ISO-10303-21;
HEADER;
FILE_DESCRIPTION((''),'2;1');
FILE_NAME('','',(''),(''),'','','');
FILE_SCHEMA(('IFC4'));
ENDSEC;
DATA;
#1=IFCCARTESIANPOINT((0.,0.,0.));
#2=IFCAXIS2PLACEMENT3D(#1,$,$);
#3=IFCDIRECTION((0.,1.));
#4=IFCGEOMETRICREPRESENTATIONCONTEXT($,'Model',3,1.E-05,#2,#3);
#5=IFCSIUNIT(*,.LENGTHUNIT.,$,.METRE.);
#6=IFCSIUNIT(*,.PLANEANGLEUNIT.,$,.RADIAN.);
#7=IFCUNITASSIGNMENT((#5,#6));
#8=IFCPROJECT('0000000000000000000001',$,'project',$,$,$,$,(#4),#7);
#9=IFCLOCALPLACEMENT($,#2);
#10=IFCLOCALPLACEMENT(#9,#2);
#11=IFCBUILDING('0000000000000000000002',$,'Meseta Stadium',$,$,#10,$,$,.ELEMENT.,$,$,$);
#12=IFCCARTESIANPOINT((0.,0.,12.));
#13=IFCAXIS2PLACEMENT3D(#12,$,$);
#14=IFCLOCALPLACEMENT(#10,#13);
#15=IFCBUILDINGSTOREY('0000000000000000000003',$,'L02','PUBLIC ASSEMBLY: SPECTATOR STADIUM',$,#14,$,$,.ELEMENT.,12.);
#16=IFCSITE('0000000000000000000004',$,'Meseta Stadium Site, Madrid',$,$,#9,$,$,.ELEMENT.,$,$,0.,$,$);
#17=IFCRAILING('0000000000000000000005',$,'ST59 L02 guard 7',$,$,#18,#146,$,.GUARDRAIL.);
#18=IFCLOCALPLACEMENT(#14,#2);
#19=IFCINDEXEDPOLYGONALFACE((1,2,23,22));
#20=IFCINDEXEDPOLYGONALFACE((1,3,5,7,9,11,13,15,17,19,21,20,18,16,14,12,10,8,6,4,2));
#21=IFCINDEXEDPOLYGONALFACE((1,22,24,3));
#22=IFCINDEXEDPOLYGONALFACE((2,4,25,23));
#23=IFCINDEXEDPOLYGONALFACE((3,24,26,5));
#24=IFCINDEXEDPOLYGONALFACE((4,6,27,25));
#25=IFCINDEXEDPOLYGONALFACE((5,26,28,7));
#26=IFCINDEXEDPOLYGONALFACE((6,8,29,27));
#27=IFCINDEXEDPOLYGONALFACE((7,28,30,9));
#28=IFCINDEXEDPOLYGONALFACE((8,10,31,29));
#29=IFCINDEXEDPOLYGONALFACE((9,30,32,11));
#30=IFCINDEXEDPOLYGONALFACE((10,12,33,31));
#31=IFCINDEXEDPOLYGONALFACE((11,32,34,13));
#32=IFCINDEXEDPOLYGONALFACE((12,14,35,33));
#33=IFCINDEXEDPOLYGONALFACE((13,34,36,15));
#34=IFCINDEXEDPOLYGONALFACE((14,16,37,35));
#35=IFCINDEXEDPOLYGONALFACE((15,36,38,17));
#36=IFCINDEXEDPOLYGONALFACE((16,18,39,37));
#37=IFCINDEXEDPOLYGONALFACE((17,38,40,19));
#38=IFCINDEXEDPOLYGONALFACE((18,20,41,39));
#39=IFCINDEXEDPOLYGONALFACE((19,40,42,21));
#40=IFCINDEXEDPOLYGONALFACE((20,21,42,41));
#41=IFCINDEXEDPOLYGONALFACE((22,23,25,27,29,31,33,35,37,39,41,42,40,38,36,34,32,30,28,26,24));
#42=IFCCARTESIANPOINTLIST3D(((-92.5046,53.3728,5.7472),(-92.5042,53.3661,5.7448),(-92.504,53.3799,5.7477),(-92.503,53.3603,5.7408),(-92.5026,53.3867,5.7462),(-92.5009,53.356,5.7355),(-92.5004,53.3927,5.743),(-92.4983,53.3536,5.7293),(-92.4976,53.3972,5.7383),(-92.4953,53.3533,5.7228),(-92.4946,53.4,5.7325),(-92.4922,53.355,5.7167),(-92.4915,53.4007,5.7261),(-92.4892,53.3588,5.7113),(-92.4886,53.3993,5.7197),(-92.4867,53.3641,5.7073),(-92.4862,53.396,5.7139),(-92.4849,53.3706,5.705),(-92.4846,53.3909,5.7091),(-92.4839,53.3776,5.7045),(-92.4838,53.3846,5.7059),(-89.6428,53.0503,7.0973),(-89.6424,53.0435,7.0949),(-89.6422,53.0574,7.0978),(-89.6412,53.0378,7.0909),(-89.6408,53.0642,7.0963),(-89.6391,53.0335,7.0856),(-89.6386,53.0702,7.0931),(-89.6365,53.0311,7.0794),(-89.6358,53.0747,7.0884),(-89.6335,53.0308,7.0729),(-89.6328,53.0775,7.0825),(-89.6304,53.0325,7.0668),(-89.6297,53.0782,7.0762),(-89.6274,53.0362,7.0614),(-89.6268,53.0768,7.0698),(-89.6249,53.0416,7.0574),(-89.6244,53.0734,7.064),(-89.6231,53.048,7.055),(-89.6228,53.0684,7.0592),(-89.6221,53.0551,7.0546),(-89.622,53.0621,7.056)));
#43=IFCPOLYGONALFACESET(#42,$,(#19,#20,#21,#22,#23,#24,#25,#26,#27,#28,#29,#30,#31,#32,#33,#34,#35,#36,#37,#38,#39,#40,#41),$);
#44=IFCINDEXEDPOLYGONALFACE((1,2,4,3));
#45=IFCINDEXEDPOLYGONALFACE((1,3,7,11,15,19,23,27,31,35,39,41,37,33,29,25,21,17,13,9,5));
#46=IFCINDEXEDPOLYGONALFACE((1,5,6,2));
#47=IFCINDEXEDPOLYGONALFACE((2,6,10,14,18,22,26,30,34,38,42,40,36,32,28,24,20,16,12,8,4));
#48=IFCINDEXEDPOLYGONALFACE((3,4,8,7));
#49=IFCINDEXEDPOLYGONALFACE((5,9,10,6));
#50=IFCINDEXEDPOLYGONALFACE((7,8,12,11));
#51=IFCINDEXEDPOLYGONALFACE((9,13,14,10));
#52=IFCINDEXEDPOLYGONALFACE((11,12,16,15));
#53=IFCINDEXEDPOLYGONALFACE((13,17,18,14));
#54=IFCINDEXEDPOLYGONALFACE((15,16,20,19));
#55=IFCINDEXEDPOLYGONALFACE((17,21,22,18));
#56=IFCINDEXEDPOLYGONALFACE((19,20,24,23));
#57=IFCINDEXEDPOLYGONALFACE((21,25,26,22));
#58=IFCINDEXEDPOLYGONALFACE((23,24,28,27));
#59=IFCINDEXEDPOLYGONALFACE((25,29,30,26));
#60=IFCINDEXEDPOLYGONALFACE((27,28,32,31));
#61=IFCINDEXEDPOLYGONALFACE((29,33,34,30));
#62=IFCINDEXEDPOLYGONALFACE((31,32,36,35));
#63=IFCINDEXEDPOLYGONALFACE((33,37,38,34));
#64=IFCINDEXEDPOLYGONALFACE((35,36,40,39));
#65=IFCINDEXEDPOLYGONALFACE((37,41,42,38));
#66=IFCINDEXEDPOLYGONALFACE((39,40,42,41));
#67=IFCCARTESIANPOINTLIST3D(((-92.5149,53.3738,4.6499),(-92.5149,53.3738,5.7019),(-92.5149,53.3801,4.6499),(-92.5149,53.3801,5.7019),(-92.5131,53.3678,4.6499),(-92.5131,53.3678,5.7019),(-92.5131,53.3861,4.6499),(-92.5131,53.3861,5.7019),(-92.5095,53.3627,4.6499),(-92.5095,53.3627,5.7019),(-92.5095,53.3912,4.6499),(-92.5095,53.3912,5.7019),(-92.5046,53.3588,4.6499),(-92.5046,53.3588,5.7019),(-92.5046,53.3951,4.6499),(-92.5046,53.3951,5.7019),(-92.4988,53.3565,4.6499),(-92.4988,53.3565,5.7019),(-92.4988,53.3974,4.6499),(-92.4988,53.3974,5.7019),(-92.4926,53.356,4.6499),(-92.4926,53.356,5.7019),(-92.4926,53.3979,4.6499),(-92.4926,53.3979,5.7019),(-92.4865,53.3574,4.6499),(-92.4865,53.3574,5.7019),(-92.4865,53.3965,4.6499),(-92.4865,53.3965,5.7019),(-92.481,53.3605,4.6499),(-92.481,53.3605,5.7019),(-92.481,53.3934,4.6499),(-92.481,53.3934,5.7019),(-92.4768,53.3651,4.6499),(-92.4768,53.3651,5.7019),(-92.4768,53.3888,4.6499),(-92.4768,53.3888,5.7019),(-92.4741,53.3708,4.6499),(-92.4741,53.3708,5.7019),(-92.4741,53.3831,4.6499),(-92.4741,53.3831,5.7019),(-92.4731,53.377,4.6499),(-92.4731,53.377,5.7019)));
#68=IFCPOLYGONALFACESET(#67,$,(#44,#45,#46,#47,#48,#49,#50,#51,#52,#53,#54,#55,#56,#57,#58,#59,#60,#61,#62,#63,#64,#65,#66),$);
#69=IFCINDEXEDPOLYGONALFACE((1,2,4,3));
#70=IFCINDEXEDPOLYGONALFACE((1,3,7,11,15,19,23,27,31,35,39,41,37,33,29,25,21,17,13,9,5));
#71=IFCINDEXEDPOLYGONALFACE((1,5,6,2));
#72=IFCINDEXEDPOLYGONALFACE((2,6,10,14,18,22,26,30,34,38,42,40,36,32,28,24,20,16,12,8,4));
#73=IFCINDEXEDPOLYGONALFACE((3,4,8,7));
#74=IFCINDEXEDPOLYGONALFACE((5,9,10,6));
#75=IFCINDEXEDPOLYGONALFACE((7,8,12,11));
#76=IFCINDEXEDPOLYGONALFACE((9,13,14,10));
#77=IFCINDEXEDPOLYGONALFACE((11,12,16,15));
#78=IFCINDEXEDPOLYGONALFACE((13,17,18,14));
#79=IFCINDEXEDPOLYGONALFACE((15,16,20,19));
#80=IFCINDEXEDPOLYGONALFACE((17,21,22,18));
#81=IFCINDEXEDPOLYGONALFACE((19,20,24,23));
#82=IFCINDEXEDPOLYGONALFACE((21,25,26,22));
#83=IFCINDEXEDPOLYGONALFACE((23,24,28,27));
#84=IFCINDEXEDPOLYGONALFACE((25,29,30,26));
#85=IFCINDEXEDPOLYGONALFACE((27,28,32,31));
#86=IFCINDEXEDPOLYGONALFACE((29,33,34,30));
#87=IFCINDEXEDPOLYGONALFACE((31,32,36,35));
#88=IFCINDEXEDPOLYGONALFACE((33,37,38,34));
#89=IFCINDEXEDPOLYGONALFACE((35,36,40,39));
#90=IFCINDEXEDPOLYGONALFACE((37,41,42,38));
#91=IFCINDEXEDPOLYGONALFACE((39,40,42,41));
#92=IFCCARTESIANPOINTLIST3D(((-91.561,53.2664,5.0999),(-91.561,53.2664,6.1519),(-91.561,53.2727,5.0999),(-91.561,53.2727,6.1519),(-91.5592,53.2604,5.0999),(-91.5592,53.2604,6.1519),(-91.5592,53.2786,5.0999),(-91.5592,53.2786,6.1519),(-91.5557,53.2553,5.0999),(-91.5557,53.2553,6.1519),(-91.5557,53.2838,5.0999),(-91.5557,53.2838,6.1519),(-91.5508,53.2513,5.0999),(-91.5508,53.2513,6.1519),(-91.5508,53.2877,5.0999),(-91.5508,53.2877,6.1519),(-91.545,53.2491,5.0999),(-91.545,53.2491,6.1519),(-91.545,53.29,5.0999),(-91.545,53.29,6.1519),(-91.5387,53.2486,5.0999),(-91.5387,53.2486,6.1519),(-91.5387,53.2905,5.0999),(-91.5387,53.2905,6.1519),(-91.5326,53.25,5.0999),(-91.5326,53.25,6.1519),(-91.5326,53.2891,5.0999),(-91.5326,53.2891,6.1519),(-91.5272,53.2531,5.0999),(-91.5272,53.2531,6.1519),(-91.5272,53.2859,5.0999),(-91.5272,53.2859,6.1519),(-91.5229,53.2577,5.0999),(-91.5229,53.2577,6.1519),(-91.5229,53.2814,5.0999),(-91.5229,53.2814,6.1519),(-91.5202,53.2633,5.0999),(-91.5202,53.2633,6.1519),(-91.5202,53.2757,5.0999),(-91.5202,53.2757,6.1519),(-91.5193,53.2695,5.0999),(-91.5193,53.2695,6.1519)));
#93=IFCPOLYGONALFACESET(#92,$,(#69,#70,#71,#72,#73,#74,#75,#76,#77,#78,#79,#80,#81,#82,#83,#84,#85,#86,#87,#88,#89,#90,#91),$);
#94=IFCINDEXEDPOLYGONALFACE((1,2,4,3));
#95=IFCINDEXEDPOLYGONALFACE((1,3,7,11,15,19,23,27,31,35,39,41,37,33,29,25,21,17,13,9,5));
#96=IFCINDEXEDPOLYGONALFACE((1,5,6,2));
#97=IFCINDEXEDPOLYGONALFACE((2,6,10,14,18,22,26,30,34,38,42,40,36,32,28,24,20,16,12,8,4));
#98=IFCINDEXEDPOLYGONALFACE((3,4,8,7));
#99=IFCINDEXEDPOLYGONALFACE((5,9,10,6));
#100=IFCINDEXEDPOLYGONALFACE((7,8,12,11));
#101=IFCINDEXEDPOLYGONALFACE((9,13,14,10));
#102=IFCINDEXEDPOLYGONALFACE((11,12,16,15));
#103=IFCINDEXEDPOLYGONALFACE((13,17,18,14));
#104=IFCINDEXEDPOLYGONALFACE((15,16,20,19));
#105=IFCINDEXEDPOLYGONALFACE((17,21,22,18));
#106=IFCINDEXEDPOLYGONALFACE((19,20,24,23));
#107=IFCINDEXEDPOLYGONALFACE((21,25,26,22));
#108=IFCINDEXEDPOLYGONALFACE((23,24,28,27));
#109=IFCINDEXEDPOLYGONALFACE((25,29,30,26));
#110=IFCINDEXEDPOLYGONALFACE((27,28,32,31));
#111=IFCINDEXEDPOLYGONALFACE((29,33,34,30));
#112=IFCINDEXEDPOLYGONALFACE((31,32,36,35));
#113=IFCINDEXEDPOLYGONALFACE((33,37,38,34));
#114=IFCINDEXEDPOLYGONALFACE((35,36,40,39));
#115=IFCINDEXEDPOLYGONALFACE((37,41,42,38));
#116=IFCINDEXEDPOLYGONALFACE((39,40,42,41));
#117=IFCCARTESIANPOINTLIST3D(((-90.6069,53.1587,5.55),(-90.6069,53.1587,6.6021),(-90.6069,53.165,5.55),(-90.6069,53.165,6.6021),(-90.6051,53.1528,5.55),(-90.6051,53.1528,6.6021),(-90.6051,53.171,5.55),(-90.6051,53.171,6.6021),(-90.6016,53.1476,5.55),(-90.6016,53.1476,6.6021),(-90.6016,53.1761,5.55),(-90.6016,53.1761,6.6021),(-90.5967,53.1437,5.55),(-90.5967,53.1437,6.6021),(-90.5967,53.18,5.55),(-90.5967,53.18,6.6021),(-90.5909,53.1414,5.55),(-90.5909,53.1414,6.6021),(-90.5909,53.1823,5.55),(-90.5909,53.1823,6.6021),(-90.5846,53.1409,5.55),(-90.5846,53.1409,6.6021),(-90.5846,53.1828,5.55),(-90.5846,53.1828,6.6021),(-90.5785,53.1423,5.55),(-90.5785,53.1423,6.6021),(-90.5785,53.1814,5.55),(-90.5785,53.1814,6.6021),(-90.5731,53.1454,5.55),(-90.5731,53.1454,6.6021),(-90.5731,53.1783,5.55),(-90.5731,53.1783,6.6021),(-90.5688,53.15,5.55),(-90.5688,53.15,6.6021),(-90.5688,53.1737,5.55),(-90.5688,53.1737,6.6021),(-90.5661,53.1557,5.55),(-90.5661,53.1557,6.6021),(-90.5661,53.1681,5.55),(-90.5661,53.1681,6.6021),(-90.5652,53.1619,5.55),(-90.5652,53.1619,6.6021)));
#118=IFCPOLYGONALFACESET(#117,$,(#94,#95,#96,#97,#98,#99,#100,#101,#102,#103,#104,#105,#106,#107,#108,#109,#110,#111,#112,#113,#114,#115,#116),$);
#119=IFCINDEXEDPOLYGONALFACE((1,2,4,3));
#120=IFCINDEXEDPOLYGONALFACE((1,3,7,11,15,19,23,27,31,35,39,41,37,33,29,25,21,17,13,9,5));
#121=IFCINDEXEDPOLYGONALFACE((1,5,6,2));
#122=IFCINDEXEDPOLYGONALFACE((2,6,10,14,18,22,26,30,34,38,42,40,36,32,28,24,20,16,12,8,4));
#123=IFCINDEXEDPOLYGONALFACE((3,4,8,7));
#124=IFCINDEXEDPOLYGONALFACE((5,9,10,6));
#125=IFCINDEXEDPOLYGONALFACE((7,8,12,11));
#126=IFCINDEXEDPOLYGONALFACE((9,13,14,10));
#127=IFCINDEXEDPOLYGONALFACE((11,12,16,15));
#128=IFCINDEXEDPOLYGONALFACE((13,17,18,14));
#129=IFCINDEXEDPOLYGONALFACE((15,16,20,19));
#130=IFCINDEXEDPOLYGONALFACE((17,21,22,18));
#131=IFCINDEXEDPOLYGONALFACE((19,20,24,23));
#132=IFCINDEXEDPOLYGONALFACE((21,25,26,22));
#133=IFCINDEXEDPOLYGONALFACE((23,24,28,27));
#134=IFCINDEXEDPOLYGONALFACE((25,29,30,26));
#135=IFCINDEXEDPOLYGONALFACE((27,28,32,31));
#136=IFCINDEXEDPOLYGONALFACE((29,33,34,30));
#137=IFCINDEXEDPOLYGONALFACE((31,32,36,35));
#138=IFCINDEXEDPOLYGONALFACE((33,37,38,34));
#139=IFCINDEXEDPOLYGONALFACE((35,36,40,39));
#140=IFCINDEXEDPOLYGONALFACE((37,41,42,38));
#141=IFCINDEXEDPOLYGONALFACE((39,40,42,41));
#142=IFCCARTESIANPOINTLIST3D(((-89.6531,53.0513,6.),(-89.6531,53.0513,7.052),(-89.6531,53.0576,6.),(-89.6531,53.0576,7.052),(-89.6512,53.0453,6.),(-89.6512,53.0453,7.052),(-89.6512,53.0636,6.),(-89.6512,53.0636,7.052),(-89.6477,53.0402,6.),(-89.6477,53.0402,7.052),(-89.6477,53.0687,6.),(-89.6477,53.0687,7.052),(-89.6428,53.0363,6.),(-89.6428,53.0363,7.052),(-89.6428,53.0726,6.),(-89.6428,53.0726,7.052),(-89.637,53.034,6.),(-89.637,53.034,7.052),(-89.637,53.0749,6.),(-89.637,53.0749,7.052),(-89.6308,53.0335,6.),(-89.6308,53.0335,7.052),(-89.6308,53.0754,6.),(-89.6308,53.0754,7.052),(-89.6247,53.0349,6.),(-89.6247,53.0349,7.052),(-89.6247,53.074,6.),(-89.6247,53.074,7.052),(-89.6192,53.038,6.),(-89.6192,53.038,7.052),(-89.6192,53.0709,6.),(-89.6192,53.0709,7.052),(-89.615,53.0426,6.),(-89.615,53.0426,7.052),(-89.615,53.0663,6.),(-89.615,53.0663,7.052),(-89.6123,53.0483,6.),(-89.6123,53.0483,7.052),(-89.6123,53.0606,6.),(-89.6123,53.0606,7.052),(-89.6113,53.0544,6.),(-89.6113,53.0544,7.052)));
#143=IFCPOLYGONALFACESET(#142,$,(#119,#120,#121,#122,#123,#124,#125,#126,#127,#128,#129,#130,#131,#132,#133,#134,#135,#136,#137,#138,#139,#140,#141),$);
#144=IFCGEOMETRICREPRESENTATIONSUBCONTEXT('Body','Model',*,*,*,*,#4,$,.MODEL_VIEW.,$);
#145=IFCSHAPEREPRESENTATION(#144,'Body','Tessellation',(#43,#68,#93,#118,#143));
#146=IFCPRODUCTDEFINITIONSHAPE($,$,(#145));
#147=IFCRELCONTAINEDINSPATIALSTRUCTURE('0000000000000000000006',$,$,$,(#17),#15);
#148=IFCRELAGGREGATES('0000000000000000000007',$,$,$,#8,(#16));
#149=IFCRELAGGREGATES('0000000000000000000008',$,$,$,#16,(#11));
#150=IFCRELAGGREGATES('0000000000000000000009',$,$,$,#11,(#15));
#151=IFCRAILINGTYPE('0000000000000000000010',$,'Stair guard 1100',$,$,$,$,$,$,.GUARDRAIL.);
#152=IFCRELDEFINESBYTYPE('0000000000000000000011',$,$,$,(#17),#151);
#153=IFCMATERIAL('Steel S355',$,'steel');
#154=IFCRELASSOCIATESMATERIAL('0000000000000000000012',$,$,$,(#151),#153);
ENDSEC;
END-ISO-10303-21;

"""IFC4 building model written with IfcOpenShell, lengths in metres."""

from ifc_helpers import new_model, si_unit, direction, frame, origin, origin_2d, place, context, subcontext, project, spatial, circle, extrude, material, type_object, element, save


model = new_model("IFC4")

# Units and contexts
model_context = context("Model", 3, precision=1e-05, world=origin(), true_north=direction((0.0, 1.0)))
body_context = subcontext(model_context, "Body", "Model", "MODEL_VIEW")
ifc_project = project(units=[si_unit("LENGTHUNIT", "METRE"), si_unit("PLANEANGLEUNIT", "RADIAN")], contexts=[model_context])

# Site, building, storey
site_placement = place(None, origin())
site = spatial("IfcSite", under=ifc_project, at=site_placement, Name="Meseta Stadium Site, Madrid", CompositionType="ELEMENT", RefElevation=0.0)
building_placement = place(site_placement, origin())
building = spatial("IfcBuilding", under=site, at=building_placement, Name="Meseta Stadium", CompositionType="ELEMENT")
storey_placement = place(building_placement, frame((0.0, 0.0, 12.0)))
storey = spatial("IfcBuildingStorey", under=building, at=storey_placement, Name="L02", Description="PUBLIC ASSEMBLY: SPECTATOR STADIUM", CompositionType="ELEMENT", Elevation=12.0)

# Railing
ifc_material_1 = material(Name="Steel S355", Category="steel")
railing_type_1 = type_object("IfcRailingType", Name="Stair guard 1100", PredefinedType="GUARDRAIL", material=ifc_material_1)
railing_1_placement = place(storey_placement, frame((-92.4941, 53.377, 4.6499)))
element("IfcRailing", 1, at=railing_1_placement, inside=storey, type_object=railing_type_1, Name="ST59 L02 guard 7", PredefinedType="GUARDRAIL", context=body_context, shape_type="SweptSolid", body=[
    extrude(circle(Radius=0.0239, at=origin_2d()), frame((0.0, 0.0, 1.0762), z_axis=(0.899748, -0.101396, 0.424467), x_axis=(0.111985, 0.99371, 0.0)), (0.0, 0.0, 1.0), 3.1807),
    extrude(circle(Radius=0.021, at=origin_2d()), origin(), (0.0, 0.0, 1.0), 1.052),
    extrude(circle(Radius=0.021, at=origin_2d()), frame((0.9539, -0.1074, 0.45)), (0.0, 0.0, 1.0), 1.052),
    extrude(circle(Radius=0.021, at=origin_2d()), frame((1.908, -0.2151, 0.9001)), (0.0, 0.0, 1.0), 1.052),
    extrude(circle(Radius=0.021, at=origin_2d()), frame((2.8618, -0.3225, 1.3501)), (0.0, 0.0, 1.0), 1.052),
])

save(model, "model.ifc")
